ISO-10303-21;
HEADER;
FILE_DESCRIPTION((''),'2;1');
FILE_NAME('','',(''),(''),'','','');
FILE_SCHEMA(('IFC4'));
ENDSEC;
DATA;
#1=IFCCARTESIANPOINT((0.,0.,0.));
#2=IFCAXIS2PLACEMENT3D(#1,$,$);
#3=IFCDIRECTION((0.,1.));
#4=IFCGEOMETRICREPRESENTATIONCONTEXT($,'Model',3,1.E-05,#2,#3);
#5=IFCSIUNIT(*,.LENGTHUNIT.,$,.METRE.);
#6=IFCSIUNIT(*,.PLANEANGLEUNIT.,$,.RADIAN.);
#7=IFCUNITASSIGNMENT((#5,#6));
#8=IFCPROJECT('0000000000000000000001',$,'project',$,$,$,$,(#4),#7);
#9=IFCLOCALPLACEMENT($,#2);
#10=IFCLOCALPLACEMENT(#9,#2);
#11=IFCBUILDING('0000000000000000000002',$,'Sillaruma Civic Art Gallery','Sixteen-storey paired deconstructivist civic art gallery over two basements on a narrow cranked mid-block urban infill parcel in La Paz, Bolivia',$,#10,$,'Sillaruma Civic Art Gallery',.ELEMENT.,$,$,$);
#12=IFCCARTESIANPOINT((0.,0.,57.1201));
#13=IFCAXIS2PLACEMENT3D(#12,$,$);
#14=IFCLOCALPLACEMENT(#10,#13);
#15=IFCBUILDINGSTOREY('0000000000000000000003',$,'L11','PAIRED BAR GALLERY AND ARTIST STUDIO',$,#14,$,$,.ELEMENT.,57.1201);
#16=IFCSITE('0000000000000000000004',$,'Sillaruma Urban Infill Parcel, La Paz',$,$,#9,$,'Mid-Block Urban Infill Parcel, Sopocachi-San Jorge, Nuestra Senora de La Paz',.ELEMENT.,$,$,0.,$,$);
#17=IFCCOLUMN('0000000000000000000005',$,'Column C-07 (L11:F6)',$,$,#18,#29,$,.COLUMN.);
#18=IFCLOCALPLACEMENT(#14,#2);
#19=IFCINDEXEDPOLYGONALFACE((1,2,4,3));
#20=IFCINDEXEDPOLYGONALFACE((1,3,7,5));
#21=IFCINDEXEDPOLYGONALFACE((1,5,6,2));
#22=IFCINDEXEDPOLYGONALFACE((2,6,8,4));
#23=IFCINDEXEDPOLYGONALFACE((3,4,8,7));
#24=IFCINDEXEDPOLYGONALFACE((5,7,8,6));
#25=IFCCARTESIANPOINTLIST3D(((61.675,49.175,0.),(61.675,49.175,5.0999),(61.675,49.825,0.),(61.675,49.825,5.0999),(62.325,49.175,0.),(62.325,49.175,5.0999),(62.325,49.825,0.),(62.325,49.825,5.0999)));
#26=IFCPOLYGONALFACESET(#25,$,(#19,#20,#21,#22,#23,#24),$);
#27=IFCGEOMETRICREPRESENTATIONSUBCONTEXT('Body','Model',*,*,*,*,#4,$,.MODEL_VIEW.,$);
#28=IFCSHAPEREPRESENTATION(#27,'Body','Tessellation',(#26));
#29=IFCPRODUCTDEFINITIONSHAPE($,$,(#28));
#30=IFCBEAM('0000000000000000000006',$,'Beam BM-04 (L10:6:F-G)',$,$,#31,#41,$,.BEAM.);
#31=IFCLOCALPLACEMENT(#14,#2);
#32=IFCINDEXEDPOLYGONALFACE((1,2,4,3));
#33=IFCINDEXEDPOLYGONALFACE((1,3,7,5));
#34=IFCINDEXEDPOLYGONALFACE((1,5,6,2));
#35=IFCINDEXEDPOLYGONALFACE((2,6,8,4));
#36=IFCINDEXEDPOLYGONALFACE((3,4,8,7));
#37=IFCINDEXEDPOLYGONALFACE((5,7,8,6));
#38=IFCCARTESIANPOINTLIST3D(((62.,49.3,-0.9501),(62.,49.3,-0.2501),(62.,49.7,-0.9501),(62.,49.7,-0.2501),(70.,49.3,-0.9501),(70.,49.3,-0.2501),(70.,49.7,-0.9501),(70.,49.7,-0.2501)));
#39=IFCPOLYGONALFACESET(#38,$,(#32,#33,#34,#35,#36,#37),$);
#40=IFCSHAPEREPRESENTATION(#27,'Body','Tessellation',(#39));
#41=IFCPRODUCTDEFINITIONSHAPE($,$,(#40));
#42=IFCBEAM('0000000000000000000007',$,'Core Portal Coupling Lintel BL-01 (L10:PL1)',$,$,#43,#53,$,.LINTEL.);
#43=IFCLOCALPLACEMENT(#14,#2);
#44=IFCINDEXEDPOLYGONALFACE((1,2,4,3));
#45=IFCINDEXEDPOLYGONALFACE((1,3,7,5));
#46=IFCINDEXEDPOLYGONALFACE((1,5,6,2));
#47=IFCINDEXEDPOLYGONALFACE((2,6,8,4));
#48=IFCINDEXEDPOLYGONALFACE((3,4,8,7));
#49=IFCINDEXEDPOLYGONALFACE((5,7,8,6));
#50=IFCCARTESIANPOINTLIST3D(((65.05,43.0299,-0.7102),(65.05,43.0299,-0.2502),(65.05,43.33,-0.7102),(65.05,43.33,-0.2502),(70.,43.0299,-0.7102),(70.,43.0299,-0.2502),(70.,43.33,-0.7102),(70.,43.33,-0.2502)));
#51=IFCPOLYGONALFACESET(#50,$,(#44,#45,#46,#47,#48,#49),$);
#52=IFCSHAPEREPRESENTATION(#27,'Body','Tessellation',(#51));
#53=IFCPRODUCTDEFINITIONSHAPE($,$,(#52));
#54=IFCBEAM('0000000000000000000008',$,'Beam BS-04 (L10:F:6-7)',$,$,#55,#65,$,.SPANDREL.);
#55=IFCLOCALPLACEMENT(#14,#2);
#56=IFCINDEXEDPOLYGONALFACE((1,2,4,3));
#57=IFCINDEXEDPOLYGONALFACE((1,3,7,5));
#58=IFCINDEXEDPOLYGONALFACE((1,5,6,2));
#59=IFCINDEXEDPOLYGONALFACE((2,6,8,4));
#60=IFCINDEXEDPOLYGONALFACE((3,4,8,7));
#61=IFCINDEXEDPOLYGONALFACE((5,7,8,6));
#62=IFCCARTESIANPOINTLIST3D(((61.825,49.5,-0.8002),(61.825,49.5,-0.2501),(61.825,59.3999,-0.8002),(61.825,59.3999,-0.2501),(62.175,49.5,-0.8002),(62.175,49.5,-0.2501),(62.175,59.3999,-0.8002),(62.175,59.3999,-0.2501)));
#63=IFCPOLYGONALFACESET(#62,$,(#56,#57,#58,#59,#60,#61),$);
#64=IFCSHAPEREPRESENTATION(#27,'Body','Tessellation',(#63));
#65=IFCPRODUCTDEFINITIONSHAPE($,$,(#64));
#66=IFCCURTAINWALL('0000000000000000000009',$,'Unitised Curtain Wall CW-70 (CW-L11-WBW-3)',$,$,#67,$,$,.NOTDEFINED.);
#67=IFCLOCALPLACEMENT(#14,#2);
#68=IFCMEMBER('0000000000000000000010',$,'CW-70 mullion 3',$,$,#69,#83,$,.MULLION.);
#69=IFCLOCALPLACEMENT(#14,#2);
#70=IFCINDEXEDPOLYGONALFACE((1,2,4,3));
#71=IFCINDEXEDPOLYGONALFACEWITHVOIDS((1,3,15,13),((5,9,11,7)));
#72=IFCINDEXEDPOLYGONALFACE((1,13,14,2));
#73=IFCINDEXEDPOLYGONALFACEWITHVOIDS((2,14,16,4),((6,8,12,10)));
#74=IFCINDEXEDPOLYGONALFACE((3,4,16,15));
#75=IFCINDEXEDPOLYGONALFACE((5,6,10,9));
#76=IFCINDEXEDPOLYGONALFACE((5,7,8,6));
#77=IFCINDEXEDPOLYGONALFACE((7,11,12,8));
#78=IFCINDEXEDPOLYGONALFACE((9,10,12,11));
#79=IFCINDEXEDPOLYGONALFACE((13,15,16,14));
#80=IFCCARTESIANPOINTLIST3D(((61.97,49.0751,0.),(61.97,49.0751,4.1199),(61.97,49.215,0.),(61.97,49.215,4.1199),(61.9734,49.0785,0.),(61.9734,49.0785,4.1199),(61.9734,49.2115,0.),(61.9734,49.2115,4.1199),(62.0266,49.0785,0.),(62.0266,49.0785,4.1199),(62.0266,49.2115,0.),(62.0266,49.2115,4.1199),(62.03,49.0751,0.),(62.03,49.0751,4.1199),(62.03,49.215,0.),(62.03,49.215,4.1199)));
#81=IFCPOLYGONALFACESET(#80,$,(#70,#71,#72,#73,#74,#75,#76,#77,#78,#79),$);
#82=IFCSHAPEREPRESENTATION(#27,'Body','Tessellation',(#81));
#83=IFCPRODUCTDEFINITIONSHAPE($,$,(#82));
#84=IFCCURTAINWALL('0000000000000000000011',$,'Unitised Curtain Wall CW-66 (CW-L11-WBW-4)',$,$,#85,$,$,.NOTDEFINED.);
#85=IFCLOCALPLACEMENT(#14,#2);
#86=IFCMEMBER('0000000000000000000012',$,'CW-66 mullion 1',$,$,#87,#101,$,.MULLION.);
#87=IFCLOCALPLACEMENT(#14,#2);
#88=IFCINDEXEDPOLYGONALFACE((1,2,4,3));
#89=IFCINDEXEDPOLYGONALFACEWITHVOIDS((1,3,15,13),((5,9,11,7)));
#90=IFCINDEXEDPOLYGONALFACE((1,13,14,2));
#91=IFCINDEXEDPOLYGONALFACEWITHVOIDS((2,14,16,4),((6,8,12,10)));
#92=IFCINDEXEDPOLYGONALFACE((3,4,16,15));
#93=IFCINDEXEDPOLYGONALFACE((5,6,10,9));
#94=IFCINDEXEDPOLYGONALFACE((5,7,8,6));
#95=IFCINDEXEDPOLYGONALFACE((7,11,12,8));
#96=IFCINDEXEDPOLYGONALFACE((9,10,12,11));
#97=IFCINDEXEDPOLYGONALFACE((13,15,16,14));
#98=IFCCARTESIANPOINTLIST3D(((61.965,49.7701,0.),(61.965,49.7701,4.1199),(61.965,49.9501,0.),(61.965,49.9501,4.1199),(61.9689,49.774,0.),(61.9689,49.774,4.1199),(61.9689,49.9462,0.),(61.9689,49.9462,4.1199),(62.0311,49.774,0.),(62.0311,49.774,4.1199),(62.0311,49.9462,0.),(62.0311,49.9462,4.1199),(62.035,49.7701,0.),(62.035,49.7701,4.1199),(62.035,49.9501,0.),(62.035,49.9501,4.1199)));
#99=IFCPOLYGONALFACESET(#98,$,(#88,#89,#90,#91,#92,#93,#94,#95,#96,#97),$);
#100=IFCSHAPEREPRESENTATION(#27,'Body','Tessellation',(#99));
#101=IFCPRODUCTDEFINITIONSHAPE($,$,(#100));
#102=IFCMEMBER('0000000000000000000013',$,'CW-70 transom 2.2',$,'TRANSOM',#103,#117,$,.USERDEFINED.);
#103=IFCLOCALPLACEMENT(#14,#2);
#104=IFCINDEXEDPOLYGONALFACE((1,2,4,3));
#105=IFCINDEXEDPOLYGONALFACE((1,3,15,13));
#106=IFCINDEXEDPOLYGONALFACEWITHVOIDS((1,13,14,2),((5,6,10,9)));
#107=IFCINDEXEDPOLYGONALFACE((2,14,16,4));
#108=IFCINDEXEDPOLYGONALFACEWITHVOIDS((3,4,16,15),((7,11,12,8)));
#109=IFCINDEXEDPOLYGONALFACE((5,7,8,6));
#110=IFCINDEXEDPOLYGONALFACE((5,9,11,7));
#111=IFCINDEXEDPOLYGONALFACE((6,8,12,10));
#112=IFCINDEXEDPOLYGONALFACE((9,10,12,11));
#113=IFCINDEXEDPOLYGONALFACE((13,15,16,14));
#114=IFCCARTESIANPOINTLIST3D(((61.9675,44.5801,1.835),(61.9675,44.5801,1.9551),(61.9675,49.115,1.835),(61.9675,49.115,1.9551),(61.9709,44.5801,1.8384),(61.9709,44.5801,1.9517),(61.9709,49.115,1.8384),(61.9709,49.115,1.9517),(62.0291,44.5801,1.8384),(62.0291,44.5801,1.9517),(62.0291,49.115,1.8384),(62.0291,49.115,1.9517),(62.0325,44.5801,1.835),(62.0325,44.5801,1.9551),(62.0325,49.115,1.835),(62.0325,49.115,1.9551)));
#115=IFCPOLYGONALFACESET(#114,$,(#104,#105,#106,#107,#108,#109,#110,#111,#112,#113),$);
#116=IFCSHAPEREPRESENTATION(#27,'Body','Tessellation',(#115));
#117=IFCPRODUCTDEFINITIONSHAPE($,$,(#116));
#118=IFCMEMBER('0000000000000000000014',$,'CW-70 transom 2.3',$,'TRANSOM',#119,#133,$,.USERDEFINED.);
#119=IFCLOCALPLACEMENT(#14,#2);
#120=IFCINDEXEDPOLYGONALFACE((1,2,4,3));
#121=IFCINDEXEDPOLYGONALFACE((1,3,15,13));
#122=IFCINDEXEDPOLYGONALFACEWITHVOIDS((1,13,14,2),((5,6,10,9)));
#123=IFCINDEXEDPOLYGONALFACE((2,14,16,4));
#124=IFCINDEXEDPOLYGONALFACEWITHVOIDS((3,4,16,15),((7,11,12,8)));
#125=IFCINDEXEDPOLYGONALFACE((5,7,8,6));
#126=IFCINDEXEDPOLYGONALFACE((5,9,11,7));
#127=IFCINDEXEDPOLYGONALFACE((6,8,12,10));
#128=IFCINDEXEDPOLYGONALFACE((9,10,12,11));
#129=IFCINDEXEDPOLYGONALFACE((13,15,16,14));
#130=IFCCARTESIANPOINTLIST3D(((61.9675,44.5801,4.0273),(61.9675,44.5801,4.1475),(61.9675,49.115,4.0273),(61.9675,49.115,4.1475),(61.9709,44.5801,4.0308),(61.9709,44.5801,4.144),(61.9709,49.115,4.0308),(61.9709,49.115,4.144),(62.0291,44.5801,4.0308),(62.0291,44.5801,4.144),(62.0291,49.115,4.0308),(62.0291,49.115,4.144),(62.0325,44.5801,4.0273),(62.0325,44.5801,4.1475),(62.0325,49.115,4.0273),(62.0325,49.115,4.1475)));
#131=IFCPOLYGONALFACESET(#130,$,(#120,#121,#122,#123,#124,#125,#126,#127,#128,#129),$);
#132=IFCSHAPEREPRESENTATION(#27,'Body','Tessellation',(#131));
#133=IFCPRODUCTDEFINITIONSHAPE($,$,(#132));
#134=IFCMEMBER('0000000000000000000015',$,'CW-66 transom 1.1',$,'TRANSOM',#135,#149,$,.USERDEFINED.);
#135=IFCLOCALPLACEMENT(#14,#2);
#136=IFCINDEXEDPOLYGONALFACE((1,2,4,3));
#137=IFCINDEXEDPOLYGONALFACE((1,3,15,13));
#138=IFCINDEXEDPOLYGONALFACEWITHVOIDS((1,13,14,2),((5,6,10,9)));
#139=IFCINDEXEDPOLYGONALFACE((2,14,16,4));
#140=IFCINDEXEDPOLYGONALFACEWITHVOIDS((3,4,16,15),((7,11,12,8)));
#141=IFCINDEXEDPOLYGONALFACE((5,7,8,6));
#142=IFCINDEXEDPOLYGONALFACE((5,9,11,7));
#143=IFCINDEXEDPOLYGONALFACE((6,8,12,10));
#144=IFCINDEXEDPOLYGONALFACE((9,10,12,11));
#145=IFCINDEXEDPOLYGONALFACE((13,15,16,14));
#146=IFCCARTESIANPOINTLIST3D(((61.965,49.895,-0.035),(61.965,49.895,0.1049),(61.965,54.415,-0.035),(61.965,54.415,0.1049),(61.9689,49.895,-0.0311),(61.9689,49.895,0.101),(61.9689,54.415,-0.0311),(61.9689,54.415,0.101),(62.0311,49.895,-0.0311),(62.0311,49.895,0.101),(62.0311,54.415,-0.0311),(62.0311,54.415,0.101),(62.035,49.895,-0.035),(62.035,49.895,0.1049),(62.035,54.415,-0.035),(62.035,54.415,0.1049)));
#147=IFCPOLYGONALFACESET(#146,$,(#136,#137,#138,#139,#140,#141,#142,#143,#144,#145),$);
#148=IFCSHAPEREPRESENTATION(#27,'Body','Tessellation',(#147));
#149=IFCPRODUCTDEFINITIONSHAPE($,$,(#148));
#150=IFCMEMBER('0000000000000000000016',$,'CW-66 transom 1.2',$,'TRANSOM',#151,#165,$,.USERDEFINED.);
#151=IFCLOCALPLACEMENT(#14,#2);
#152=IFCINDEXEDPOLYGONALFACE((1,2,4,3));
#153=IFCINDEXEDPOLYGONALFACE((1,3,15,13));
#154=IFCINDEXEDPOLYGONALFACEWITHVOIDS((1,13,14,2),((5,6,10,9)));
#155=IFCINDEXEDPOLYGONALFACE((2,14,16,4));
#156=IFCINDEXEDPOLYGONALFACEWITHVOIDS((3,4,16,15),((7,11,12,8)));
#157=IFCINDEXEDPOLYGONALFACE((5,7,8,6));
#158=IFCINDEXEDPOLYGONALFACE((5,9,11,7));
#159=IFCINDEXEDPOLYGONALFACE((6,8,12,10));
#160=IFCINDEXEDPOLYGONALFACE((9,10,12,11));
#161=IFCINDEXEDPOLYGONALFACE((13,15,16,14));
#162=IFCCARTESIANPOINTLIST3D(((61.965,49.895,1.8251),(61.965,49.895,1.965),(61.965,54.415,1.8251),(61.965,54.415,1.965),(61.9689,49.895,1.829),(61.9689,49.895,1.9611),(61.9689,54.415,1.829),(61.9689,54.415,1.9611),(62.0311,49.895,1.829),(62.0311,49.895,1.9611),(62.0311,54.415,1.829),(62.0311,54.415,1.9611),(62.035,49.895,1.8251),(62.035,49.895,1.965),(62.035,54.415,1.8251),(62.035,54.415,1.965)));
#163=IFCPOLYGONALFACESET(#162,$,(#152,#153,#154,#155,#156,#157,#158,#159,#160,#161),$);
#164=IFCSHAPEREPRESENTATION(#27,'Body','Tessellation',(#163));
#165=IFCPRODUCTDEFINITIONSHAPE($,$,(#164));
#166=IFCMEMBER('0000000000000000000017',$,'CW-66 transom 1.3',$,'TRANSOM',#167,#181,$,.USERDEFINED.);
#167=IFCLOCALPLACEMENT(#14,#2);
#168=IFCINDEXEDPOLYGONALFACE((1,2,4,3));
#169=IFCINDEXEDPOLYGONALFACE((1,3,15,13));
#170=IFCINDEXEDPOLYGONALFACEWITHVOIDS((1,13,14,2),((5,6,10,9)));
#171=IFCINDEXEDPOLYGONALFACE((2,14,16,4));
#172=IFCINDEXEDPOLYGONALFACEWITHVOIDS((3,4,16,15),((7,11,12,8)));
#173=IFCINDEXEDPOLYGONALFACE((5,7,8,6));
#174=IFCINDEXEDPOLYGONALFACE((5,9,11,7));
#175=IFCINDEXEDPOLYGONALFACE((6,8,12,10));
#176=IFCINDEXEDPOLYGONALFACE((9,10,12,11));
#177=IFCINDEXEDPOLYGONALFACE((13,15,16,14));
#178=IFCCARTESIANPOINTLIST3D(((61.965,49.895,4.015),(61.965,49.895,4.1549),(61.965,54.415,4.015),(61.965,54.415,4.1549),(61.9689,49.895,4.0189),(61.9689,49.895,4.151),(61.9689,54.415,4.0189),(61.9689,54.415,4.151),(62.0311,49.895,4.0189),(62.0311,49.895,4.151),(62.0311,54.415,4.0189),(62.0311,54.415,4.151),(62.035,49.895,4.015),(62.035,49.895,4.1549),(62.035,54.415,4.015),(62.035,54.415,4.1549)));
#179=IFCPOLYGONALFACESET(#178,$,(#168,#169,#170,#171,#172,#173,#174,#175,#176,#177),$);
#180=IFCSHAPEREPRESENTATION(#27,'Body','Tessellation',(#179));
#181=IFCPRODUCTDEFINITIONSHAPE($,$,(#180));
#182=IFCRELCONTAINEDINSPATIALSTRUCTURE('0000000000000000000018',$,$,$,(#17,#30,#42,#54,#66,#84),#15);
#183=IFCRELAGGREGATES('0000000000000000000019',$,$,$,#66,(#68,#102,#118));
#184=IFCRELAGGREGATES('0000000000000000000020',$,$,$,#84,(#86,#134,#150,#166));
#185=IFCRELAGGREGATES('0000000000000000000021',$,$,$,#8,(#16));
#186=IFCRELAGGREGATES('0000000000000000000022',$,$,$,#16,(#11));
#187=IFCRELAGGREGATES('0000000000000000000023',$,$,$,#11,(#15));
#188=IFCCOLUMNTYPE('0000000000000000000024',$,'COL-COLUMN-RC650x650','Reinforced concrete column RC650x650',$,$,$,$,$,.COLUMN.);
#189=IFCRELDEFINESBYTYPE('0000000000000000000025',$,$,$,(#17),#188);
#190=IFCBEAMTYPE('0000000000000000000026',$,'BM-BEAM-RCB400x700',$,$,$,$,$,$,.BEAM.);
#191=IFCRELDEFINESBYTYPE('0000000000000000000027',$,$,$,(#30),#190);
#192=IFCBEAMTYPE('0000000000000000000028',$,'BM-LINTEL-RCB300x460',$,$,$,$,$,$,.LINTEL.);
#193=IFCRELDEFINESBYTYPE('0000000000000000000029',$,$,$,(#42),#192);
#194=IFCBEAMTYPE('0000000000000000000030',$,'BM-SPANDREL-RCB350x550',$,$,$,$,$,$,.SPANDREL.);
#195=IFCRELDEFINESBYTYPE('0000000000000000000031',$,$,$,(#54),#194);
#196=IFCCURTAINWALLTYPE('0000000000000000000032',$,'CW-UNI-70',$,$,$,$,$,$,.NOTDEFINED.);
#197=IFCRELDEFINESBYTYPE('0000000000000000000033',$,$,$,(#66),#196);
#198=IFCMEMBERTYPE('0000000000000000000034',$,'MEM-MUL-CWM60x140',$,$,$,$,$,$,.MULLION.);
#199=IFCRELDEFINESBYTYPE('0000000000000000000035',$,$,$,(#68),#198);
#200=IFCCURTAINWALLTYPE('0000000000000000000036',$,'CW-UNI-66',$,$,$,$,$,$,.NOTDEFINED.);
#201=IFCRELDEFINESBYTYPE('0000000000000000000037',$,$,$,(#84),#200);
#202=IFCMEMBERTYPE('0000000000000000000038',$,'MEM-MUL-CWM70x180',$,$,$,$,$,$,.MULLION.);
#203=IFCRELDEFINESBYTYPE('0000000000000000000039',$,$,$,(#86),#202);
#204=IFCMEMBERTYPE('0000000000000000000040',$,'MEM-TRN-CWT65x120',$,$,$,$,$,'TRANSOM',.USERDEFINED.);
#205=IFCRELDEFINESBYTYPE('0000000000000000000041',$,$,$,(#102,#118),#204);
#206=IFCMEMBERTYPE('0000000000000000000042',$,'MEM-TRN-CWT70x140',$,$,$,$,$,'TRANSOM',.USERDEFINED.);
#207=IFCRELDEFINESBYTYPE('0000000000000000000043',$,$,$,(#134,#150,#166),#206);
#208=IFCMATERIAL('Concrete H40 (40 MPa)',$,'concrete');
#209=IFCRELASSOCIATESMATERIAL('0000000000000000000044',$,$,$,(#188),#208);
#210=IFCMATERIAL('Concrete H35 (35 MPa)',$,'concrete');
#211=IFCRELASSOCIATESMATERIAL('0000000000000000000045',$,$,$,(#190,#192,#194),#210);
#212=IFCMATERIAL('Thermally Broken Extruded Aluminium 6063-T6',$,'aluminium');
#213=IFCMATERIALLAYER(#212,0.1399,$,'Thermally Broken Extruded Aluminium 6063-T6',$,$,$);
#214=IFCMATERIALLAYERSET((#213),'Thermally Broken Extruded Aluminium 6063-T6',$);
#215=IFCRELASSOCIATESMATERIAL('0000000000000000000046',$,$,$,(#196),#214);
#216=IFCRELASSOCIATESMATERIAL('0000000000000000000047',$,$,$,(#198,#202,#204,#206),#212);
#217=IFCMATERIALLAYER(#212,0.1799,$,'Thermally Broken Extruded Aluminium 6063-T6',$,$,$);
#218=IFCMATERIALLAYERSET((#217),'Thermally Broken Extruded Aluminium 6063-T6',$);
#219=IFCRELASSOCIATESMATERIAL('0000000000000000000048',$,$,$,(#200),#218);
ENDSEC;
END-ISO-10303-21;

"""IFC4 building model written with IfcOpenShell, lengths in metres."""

from ifc_helpers import new_model, si_unit, direction, frame, origin, origin_2d, place, context, subcontext, project, spatial, rectangle, hollow_rectangle, extrude, material, layer, layer_set, material_profile, profile_set, type_object, element, aggregate, save


model = new_model("IFC4")

# Units and contexts
model_context = context("Model", 3, precision=1e-05, world=origin(), true_north=direction((0.0, 1.0)))
body_context = subcontext(model_context, "Body", "Model", "MODEL_VIEW")
ifc_project = project(units=[si_unit("LENGTHUNIT", "METRE"), si_unit("PLANEANGLEUNIT", "RADIAN")], contexts=[model_context])

# Site, building, storey
site_placement = place(None, origin())
site = spatial("IfcSite", under=ifc_project, at=site_placement, Name="Sillaruma Urban Infill Parcel, La Paz", LongName="Mid-Block Urban Infill Parcel, Sopocachi-San Jorge, Nuestra Senora de La Paz", CompositionType="ELEMENT", RefElevation=0.0)
building_placement = place(site_placement, origin())
building = spatial("IfcBuilding", under=site, at=building_placement, Name="Sillaruma Civic Art Gallery", Description="Sixteen-storey paired deconstructivist civic art gallery over two basements on a narrow cranked mid-block urban infill parcel in La Paz, Bolivia", LongName="Sillaruma Civic Art Gallery", CompositionType="ELEMENT")
storey_placement = place(building_placement, frame((0.0, 0.0, 57.1201)))
storey = spatial("IfcBuildingStorey", under=building, at=storey_placement, Name="L11", Description="PAIRED BAR GALLERY AND ARTIST STUDIO", CompositionType="ELEMENT", Elevation=57.1201)

# Column
ifc_material_1 = material(Name="Concrete H40 (40 MPa)", Category="concrete")
ifc_material_profile_1 = material_profile(ifc_material_1, rectangle(XDim=0.6499, YDim=0.6499, at=origin_2d()), Name="RC650x650")
ifc_profile_set_1 = profile_set([ifc_material_profile_1], Name="Concrete H40 (40 MPa)")
column_type = type_object("IfcColumnType", Name="COL-COLUMN-RC650x650", Description="Reinforced concrete column RC650x650", PredefinedType="COLUMN", material=ifc_profile_set_1)
column_placement = place(storey_placement, frame((62.0, 49.5, 0.0), z_axis=(0.0, 0.0, 1.0), x_axis=(1.0, 0.0, 0.0)))
element("IfcColumn", 1, at=column_placement, inside=storey, type_object=column_type, Name="Column C-07 (L11:F6)", PredefinedType="COLUMN", context=body_context, shape_type="SweptSolid", body=[
    extrude(rectangle(XDim=0.6499, YDim=0.6499, at=origin_2d()), origin(), (0.0, 0.0, 1.0), 5.0999),
])

# Beams
ifc_material_2 = material(Name="Concrete H35 (35 MPa)", Category="concrete")
ifc_material_profile_2 = material_profile(ifc_material_2, rectangle(XDim=0.3999, YDim=0.7, at=origin_2d()), Name="RCB400x700")
ifc_profile_set_2 = profile_set([ifc_material_profile_2], Name="Concrete H35 (35 MPa)")
beam_type_1 = type_object("IfcBeamType", Name="BM-BEAM-RCB400x700", PredefinedType="BEAM", material=ifc_profile_set_2)
beam_1_placement = place(storey_placement, frame((62.0, 49.5, -0.6001), z_axis=(1.0, 0.0, 0.0), x_axis=(0.0, 1.0, 0.0)))
element("IfcBeam", 2, at=beam_1_placement, inside=storey, type_object=beam_type_1, Name="Beam BM-04 (L10:6:F-G)", PredefinedType="BEAM", context=body_context, shape_type="SweptSolid", body=[
    extrude(rectangle(XDim=0.3999, YDim=0.7, at=origin_2d()), origin(), (0.0, 0.0, 1.0), 8.0),
])
ifc_material_profile_3 = material_profile(ifc_material_2, rectangle(XDim=0.3, YDim=0.46, at=origin_2d()), Name="RCB300x460")
ifc_profile_set_3 = profile_set([ifc_material_profile_3], Name="Concrete H35 (35 MPa)")
beam_type_2 = type_object("IfcBeamType", Name="BM-LINTEL-RCB300x460", PredefinedType="LINTEL", material=ifc_profile_set_3)
beam_2_placement = place(storey_placement, frame((65.05, 43.1799, -0.4802), z_axis=(1.0, 0.0, 0.0), x_axis=(0.0, 1.0, 0.0)))
element("IfcBeam", 3, at=beam_2_placement, inside=storey, type_object=beam_type_2, Name="Core Portal Coupling Lintel BL-01 (L10:PL1)", PredefinedType="LINTEL", context=body_context, shape_type="SweptSolid", body=[
    extrude(rectangle(XDim=0.3, YDim=0.46, at=origin_2d()), origin(), (0.0, 0.0, 1.0), 4.95),
])
ifc_material_profile_4 = material_profile(ifc_material_2, rectangle(XDim=0.3501, YDim=0.55, at=origin_2d()), Name="RCB350x550")
ifc_profile_set_4 = profile_set([ifc_material_profile_4], Name="Concrete H35 (35 MPa)")
beam_type_3 = type_object("IfcBeamType", Name="BM-SPANDREL-RCB350x550", PredefinedType="SPANDREL", material=ifc_profile_set_4)
beam_3_placement = place(storey_placement, frame((62.0, 49.5, -0.5251), z_axis=(0.0, 1.0, 0.0), x_axis=(-1.0, 0.0, 0.0)))
element("IfcBeam", 4, at=beam_3_placement, inside=storey, type_object=beam_type_3, Name="Beam BS-04 (L10:F:6-7)", PredefinedType="SPANDREL", context=body_context, shape_type="SweptSolid", body=[
    extrude(rectangle(XDim=0.3501, YDim=0.55, at=origin_2d()), origin(), (0.0, 0.0, 1.0), 9.8999),
])

# Curtain walls, members
ifc_material_3 = material(Name="Thermally Broken Extruded Aluminium 6063-T6", Category="aluminium")
ifc_layer_1 = layer(ifc_material_3, 0.1399, Name="Thermally Broken Extruded Aluminium 6063-T6")
ifc_layer_set_1 = layer_set([ifc_layer_1], Name="Thermally Broken Extruded Aluminium 6063-T6")
curtain_wall_type_1 = type_object("IfcCurtainWallType", Name="CW-UNI-70", PredefinedType="NOTDEFINED", material=ifc_layer_set_1)
curtain_wall_1_placement = place(storey_placement, origin())
curtain_wall_1 = element("IfcCurtainWall", 5, at=curtain_wall_1_placement, inside=storey, type_object=curtain_wall_type_1, Name="Unitised Curtain Wall CW-70 (CW-L11-WBW-3)", PredefinedType="NOTDEFINED")
ifc_material_profile_5 = material_profile(ifc_material_3, hollow_rectangle(XDim=0.0601, YDim=0.1399, WallThickness=0.0034, at=origin_2d()), Name="CWM60x140")
ifc_profile_set_5 = profile_set([ifc_material_profile_5], Name="Thermally Broken Extruded Aluminium 6063-T6")
member_type_1 = type_object("IfcMemberType", Name="MEM-MUL-CWM60x140", PredefinedType="MULLION", material=ifc_profile_set_5)
member_1_placement = place(storey_placement, frame((62.0, 49.145, 0.0), z_axis=(0.0, 0.0, 1.0), x_axis=(-1.0, 0.0, 0.0)))
member_1 = element("IfcMember", 6, at=member_1_placement, type_object=member_type_1, Name="CW-70 mullion 3", PredefinedType="MULLION", context=body_context, shape_type="SweptSolid", body=[
    extrude(hollow_rectangle(XDim=0.0601, YDim=0.1399, WallThickness=0.0034, at=origin_2d()), origin(), (0.0, 0.0, 1.0), 4.1199),
])
ifc_layer_2 = layer(ifc_material_3, 0.1799, Name="Thermally Broken Extruded Aluminium 6063-T6")
ifc_layer_set_2 = layer_set([ifc_layer_2], Name="Thermally Broken Extruded Aluminium 6063-T6")
curtain_wall_type_2 = type_object("IfcCurtainWallType", Name="CW-UNI-66", PredefinedType="NOTDEFINED", material=ifc_layer_set_2)
curtain_wall_2_placement = place(storey_placement, origin())
curtain_wall_2 = element("IfcCurtainWall", 7, at=curtain_wall_2_placement, inside=storey, type_object=curtain_wall_type_2, Name="Unitised Curtain Wall CW-66 (CW-L11-WBW-4)", PredefinedType="NOTDEFINED")
ifc_material_profile_6 = material_profile(ifc_material_3, hollow_rectangle(XDim=0.0701, YDim=0.1799, WallThickness=0.0039, at=origin_2d()), Name="CWM70x180")
ifc_profile_set_6 = profile_set([ifc_material_profile_6], Name="Thermally Broken Extruded Aluminium 6063-T6")
member_type_2 = type_object("IfcMemberType", Name="MEM-MUL-CWM70x180", PredefinedType="MULLION", material=ifc_profile_set_6)
member_2_placement = place(storey_placement, frame((62.0, 49.8601, 0.0), z_axis=(0.0, 0.0, 1.0), x_axis=(-1.0, 0.0, 0.0)))
member_2 = element("IfcMember", 8, at=member_2_placement, type_object=member_type_2, Name="CW-66 mullion 1", PredefinedType="MULLION", context=body_context, shape_type="SweptSolid", body=[
    extrude(hollow_rectangle(XDim=0.0701, YDim=0.1799, WallThickness=0.0039, at=origin_2d()), origin(), (0.0, 0.0, 1.0), 4.1199),
])

# Members
ifc_material_profile_7 = material_profile(ifc_material_3, hollow_rectangle(XDim=0.0649, YDim=0.1201, WallThickness=0.0034, at=origin_2d()), Name="CWT65x120")
ifc_profile_set_7 = profile_set([ifc_material_profile_7], Name="Thermally Broken Extruded Aluminium 6063-T6")
member_type_3 = type_object("IfcMemberType", Name="MEM-TRN-CWT65x120", ElementType="TRANSOM", PredefinedType="USERDEFINED", material=ifc_profile_set_7)
member_3_placement = place(storey_placement, frame((62.0, 44.5801, 1.895), z_axis=(0.0, 1.0, 0.0), x_axis=(-1.0, 0.0, 0.0)))
member_3 = element("IfcMember", 9, at=member_3_placement, type_object=member_type_3, Name="CW-70 transom 2.2", ObjectType="TRANSOM", PredefinedType="USERDEFINED", context=body_context, shape_type="SweptSolid", body=[
    extrude(hollow_rectangle(XDim=0.0649, YDim=0.1201, WallThickness=0.0034, at=origin_2d()), origin(), (0.0, 0.0, 1.0), 4.5349),
])
member_4_placement = place(storey_placement, frame((62.0, 44.5801, 4.0874), z_axis=(0.0, 1.0, 0.0), x_axis=(-1.0, 0.0, 0.0)))
member_4 = element("IfcMember", 10, at=member_4_placement, type_object=member_type_3, Name="CW-70 transom 2.3", ObjectType="TRANSOM", PredefinedType="USERDEFINED", context=body_context, shape_type="SweptSolid", body=[
    extrude(hollow_rectangle(XDim=0.0649, YDim=0.1201, WallThickness=0.0034, at=origin_2d()), origin(), (0.0, 0.0, 1.0), 4.5349),
])
ifc_material_profile_8 = material_profile(ifc_material_3, hollow_rectangle(XDim=0.0701, YDim=0.1399, WallThickness=0.0039, at=origin_2d()), Name="CWT70x140")
ifc_profile_set_8 = profile_set([ifc_material_profile_8], Name="Thermally Broken Extruded Aluminium 6063-T6")
member_type_4 = type_object("IfcMemberType", Name="MEM-TRN-CWT70x140", ElementType="TRANSOM", PredefinedType="USERDEFINED", material=ifc_profile_set_8)
member_5_placement = place(storey_placement, frame((62.0, 49.895, 0.0349), z_axis=(0.0, 1.0, 0.0), x_axis=(-1.0, 0.0, 0.0)))
member_5 = element("IfcMember", 11, at=member_5_placement, type_object=member_type_4, Name="CW-66 transom 1.1", ObjectType="TRANSOM", PredefinedType="USERDEFINED", context=body_context, shape_type="SweptSolid", body=[
    extrude(hollow_rectangle(XDim=0.0701, YDim=0.1399, WallThickness=0.0039, at=origin_2d()), origin(), (0.0, 0.0, 1.0), 4.52),
])
member_6_placement = place(storey_placement, frame((62.0, 49.895, 1.895), z_axis=(0.0, 1.0, 0.0), x_axis=(-1.0, 0.0, 0.0)))
member_6 = element("IfcMember", 12, at=member_6_placement, type_object=member_type_4, Name="CW-66 transom 1.2", ObjectType="TRANSOM", PredefinedType="USERDEFINED", context=body_context, shape_type="SweptSolid", body=[
    extrude(hollow_rectangle(XDim=0.0701, YDim=0.1399, WallThickness=0.0039, at=origin_2d()), origin(), (0.0, 0.0, 1.0), 4.52),
])
member_7_placement = place(storey_placement, frame((62.0, 49.895, 4.085), z_axis=(0.0, 1.0, 0.0), x_axis=(-1.0, 0.0, 0.0)))
member_7 = element("IfcMember", 13, at=member_7_placement, type_object=member_type_4, Name="CW-66 transom 1.3", ObjectType="TRANSOM", PredefinedType="USERDEFINED", context=body_context, shape_type="SweptSolid", body=[
    extrude(hollow_rectangle(XDim=0.0701, YDim=0.1399, WallThickness=0.0039, at=origin_2d()), origin(), (0.0, 0.0, 1.0), 4.52),
])

aggregate(curtain_wall_1, [member_1, member_3, member_4])
aggregate(curtain_wall_2, [member_2, member_5, member_6, member_7])

save(model, "model.ifc")
